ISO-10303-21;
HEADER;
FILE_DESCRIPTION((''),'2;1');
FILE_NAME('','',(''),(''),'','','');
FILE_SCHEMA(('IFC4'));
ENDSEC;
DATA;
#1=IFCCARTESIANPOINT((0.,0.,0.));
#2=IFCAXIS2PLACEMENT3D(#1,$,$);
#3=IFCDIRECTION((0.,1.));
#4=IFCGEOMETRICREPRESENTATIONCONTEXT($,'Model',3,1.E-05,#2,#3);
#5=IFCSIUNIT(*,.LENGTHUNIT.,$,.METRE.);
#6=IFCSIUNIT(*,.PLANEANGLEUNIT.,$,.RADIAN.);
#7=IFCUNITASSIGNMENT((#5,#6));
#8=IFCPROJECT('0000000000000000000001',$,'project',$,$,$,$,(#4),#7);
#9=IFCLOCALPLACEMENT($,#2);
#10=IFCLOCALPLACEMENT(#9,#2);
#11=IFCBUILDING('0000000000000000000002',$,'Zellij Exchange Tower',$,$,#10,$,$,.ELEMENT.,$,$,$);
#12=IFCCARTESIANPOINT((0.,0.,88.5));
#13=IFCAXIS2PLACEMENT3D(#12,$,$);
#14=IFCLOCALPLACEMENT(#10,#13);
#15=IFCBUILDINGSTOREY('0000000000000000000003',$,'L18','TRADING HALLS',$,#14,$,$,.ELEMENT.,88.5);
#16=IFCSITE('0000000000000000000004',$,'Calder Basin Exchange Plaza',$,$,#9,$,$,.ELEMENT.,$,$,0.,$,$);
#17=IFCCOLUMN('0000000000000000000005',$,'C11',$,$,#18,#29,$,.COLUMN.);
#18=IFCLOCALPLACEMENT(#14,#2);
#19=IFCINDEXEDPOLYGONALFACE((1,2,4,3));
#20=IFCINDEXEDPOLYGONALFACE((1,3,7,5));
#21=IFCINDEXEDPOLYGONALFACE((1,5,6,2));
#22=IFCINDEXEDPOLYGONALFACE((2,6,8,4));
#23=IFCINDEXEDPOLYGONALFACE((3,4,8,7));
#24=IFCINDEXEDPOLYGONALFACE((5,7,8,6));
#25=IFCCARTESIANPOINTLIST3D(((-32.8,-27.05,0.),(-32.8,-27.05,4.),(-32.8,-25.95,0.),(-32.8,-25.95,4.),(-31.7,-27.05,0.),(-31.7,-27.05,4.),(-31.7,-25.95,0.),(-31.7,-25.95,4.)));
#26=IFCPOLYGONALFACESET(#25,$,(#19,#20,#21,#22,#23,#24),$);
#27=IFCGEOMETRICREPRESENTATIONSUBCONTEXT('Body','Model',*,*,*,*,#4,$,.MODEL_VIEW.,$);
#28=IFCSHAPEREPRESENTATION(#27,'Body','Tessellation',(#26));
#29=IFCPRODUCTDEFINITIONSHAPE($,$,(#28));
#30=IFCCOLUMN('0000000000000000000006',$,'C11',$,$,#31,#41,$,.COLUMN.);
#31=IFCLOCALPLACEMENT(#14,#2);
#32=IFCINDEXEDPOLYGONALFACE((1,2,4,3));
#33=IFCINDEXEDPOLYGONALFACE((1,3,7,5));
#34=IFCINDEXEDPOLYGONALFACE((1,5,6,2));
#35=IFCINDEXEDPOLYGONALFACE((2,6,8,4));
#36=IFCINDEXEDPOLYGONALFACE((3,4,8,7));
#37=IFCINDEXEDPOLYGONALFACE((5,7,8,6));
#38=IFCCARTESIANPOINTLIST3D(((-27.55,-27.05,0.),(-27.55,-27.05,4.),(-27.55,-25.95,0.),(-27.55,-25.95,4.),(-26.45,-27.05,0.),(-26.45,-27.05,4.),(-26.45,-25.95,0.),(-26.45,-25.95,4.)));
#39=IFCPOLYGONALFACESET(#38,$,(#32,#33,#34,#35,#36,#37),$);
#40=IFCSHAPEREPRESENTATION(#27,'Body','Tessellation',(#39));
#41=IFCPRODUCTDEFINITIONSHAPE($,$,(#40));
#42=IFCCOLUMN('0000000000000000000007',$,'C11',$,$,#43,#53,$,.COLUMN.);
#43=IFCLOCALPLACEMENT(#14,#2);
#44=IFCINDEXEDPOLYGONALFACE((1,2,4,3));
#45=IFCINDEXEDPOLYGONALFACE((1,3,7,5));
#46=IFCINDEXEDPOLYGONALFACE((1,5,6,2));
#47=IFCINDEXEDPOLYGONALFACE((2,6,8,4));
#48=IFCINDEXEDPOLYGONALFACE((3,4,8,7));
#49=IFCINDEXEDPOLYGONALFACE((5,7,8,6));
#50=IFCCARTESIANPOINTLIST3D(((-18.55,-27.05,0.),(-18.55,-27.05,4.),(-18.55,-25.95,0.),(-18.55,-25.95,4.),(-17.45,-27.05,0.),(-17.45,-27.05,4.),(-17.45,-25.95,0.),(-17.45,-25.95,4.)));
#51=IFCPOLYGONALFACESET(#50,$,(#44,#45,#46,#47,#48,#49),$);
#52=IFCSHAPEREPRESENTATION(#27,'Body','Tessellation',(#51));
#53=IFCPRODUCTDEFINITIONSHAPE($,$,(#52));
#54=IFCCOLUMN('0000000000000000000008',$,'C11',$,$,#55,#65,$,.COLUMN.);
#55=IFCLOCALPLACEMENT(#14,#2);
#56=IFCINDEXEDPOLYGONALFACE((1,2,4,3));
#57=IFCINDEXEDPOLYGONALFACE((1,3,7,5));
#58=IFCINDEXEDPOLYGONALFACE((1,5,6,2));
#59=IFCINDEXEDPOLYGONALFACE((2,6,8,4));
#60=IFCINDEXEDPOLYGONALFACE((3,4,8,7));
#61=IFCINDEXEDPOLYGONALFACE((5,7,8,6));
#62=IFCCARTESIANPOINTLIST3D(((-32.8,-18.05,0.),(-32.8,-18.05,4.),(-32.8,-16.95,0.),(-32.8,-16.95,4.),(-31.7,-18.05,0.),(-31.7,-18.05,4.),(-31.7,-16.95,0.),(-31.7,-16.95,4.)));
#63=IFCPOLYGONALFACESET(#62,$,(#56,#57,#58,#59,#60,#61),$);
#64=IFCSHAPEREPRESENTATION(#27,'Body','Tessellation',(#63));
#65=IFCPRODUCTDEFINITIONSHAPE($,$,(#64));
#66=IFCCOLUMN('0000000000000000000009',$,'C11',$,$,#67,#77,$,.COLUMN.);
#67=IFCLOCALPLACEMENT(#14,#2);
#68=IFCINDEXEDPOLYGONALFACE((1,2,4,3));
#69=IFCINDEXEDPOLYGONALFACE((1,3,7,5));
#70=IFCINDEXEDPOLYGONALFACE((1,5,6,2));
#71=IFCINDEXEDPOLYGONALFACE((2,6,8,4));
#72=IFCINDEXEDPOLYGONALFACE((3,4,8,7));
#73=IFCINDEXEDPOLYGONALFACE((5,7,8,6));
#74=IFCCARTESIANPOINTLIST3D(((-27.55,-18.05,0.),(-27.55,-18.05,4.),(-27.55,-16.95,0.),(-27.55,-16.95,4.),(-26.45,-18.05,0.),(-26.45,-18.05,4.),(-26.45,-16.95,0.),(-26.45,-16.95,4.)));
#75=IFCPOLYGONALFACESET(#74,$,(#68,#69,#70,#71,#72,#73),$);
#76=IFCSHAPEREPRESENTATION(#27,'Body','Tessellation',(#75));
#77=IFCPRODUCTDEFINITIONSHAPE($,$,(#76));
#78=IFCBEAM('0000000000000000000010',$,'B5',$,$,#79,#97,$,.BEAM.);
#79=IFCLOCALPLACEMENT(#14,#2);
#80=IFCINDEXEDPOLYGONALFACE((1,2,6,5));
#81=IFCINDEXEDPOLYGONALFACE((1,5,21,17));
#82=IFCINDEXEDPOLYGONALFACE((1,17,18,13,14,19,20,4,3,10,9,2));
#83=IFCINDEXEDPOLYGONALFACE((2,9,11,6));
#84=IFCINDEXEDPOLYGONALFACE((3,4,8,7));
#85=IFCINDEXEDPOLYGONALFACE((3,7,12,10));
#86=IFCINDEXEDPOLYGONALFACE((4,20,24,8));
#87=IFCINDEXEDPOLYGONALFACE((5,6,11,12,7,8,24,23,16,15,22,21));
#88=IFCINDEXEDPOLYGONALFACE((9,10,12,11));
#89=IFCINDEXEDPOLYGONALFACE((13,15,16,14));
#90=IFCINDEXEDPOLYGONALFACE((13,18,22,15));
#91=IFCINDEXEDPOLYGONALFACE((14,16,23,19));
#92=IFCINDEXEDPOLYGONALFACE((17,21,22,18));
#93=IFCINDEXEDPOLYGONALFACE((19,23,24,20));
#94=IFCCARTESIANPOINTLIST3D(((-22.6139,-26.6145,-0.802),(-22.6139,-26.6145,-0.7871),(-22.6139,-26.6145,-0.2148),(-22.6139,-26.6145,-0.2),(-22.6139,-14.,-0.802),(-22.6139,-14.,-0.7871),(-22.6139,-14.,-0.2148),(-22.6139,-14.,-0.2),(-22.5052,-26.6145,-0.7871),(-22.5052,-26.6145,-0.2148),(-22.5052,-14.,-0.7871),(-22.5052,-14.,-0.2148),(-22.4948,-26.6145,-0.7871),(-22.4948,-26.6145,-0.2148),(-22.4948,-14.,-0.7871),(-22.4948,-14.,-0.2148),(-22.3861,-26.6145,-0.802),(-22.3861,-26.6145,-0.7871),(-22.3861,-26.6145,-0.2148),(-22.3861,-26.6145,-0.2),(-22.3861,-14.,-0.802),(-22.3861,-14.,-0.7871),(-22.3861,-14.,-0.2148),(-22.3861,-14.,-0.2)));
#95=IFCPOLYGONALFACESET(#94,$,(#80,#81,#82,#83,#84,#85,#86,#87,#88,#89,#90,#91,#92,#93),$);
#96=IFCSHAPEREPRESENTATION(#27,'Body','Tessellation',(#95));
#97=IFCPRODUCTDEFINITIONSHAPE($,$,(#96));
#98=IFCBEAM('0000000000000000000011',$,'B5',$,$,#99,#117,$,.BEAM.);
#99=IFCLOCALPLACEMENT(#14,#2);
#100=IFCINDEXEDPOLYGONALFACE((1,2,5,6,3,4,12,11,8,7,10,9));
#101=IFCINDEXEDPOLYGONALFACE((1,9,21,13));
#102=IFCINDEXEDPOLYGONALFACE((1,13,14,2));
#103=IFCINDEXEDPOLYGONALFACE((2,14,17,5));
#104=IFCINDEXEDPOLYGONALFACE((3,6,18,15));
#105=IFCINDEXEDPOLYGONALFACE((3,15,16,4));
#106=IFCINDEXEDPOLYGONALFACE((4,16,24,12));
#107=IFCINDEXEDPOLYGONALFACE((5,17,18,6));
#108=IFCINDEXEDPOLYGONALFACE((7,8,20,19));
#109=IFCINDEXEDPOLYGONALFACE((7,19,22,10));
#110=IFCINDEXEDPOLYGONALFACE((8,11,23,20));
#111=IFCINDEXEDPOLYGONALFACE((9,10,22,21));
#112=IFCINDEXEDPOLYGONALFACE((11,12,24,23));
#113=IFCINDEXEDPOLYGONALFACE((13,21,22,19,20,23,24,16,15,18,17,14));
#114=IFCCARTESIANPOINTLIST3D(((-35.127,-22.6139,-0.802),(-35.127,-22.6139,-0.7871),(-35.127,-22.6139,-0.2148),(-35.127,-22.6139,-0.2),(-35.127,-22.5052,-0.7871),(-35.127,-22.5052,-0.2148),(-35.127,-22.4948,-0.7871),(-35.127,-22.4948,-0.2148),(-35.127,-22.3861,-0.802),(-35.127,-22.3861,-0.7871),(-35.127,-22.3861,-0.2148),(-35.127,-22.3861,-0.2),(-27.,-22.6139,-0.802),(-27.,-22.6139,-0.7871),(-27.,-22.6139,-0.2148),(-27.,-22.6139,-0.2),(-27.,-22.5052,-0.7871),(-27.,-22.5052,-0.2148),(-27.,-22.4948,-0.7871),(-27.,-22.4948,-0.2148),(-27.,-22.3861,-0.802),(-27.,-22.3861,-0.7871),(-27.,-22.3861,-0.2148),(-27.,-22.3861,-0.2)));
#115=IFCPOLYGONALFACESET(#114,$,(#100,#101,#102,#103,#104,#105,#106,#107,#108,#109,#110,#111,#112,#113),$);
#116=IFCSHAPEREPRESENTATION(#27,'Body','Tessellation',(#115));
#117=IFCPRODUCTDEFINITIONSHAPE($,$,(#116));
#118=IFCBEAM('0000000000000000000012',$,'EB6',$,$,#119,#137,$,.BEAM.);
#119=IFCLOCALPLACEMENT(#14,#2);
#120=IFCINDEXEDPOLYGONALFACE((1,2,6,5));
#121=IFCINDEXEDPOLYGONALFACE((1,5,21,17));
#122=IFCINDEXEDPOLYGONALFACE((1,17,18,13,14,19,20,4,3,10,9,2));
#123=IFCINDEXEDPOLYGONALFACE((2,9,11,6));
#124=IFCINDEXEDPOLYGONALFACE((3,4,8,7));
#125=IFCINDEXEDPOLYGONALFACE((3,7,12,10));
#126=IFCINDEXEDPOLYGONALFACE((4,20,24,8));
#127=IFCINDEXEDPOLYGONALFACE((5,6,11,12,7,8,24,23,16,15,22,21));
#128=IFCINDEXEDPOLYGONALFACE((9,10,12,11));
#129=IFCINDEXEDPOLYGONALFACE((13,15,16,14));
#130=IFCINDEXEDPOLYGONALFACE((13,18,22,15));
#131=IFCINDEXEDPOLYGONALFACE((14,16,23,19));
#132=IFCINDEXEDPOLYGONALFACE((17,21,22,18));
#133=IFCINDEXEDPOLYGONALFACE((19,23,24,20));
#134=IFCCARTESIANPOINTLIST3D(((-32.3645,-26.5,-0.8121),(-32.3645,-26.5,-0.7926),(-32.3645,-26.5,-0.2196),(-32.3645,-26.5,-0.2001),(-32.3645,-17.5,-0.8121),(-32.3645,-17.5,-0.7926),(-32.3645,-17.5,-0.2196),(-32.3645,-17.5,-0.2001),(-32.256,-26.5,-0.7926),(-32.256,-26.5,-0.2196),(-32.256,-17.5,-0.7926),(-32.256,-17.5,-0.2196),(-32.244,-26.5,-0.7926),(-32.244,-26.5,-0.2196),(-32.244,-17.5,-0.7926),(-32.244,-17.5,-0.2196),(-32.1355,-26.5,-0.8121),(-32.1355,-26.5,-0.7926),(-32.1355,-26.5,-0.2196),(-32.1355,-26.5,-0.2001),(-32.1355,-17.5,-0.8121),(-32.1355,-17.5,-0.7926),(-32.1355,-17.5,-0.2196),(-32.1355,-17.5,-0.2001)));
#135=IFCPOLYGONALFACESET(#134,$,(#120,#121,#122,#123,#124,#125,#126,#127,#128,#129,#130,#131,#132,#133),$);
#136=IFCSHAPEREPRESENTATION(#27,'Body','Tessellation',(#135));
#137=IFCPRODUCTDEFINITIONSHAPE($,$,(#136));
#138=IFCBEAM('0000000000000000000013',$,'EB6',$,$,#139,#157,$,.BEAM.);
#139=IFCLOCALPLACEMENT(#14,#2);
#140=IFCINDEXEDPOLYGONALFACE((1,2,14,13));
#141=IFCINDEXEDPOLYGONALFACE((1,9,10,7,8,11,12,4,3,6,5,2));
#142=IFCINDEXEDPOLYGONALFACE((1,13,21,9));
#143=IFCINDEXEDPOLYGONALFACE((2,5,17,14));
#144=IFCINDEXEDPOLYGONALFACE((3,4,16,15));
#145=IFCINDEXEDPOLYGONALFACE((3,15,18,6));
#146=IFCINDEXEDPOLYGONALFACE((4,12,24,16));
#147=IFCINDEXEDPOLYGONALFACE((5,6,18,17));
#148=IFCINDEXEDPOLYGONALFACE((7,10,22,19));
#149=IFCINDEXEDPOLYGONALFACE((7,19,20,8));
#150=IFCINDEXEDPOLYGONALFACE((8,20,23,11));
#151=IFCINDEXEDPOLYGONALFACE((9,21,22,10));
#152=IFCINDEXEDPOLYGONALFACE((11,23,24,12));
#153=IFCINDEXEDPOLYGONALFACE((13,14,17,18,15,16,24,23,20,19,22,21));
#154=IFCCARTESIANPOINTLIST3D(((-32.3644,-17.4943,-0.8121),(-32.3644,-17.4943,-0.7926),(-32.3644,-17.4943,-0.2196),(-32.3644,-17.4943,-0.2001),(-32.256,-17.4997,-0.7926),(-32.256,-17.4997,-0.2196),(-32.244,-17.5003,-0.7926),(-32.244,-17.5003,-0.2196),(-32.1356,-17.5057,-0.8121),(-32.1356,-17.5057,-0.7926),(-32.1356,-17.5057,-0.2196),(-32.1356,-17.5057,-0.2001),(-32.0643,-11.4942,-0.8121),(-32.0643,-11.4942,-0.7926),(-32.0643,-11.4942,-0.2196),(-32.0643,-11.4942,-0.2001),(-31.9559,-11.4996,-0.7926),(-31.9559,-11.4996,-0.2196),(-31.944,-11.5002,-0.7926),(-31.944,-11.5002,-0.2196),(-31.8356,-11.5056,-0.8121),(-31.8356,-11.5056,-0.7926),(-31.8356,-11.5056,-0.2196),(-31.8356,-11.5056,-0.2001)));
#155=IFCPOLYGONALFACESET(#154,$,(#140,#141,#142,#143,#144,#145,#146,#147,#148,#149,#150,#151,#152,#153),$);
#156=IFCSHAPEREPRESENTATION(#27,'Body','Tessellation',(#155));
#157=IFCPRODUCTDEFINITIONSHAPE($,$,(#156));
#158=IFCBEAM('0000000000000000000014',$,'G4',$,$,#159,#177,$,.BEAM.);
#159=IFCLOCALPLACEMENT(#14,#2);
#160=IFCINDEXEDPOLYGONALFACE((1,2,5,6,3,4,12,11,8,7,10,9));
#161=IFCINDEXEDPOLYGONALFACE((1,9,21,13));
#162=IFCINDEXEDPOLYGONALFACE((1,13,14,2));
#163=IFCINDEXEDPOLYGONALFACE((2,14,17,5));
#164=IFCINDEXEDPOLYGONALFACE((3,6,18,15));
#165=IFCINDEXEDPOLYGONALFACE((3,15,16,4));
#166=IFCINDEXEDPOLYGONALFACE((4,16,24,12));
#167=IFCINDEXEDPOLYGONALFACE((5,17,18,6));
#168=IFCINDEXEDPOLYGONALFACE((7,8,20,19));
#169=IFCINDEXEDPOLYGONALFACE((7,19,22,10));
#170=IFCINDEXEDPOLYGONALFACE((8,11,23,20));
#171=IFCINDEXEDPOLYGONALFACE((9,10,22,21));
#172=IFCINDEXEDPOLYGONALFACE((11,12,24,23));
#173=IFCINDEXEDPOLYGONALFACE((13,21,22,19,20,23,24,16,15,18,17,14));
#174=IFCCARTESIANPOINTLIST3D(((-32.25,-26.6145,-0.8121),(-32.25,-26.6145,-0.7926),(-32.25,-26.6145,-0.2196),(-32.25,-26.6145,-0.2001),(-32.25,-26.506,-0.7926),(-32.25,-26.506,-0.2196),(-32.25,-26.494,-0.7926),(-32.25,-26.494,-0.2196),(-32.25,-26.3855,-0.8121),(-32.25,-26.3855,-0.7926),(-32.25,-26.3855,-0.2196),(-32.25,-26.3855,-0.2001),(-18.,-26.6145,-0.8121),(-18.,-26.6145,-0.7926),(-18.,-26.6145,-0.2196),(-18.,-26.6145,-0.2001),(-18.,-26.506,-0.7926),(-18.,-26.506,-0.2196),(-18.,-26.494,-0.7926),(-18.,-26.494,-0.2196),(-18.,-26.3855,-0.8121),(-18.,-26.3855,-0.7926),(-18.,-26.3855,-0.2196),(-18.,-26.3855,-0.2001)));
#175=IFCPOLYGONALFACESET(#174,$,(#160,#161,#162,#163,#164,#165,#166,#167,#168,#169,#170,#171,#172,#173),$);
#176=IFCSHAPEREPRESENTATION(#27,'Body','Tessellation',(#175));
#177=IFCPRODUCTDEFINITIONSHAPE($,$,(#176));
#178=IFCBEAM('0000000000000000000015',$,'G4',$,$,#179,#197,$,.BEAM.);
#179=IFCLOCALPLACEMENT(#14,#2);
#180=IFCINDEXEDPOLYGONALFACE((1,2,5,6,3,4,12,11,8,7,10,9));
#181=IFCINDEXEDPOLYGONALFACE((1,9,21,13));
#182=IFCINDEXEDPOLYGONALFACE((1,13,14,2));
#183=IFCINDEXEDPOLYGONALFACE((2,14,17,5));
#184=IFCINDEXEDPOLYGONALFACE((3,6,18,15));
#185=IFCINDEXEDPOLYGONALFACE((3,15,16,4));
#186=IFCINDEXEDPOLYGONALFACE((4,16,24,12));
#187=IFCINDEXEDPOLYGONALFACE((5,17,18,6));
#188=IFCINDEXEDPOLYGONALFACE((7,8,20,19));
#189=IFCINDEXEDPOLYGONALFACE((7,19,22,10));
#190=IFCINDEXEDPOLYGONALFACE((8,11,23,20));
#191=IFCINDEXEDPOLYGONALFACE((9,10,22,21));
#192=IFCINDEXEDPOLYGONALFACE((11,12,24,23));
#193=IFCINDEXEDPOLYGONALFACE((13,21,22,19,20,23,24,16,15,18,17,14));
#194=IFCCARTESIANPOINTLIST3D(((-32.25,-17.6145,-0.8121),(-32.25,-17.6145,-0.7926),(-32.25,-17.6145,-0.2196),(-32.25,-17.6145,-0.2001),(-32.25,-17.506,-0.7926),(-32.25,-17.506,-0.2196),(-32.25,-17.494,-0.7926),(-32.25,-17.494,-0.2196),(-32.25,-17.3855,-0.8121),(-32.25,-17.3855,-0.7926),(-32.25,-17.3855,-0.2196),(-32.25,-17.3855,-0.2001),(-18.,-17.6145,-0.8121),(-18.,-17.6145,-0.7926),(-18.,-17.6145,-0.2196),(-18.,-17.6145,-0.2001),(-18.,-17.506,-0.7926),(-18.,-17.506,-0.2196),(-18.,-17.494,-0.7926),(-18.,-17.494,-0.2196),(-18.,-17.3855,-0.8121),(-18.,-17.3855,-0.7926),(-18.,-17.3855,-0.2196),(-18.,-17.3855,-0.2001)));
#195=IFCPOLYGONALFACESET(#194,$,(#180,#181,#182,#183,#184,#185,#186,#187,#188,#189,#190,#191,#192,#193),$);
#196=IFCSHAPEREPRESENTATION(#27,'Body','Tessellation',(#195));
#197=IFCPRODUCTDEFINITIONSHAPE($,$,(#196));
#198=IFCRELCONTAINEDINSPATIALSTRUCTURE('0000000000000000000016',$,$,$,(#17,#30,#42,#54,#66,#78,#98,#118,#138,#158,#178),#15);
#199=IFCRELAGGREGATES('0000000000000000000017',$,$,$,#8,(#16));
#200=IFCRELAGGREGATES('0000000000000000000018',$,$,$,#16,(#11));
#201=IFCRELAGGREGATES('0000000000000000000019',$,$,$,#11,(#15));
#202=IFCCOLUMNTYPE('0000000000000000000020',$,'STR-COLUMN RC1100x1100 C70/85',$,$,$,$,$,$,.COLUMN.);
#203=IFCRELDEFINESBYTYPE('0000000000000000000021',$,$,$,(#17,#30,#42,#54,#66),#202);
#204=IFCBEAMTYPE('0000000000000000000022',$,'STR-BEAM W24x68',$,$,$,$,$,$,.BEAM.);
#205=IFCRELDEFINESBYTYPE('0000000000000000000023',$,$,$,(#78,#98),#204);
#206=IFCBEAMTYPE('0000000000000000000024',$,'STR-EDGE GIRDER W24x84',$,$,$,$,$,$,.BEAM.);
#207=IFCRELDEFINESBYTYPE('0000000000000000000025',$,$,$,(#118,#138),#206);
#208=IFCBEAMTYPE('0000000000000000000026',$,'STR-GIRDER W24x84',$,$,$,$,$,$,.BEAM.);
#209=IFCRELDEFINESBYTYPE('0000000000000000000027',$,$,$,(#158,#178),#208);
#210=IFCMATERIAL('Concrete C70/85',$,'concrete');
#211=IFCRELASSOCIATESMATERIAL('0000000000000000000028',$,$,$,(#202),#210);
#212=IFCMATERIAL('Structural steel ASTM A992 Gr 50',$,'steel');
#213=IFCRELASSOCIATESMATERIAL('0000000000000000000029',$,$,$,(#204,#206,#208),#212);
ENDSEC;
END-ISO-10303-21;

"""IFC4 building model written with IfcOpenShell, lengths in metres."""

from ifc_helpers import new_model, si_unit, direction, frame, origin, origin_2d, place, context, subcontext, project, spatial, rectangle, i_section, extrude, material, material_profile, profile_set, type_object, element, save


model = new_model("IFC4")

# Units and contexts
model_context = context("Model", 3, precision=1e-05, world=origin(), true_north=direction((0.0, 1.0)))
body_context = subcontext(model_context, "Body", "Model", "MODEL_VIEW")
ifc_project = project(units=[si_unit("LENGTHUNIT", "METRE"), si_unit("PLANEANGLEUNIT", "RADIAN")], contexts=[model_context])

# Site, building, storey
site_placement = place(None, origin())
site = spatial("IfcSite", under=ifc_project, at=site_placement, Name="Calder Basin Exchange Plaza", CompositionType="ELEMENT", RefElevation=0.0)
building_placement = place(site_placement, origin())
building = spatial("IfcBuilding", under=site, at=building_placement, Name="Zellij Exchange Tower", CompositionType="ELEMENT")
storey_placement = place(building_placement, frame((0.0, 0.0, 88.5)))
storey = spatial("IfcBuildingStorey", under=building, at=storey_placement, Name="L18", Description="TRADING HALLS", CompositionType="ELEMENT", Elevation=88.5)

# Columns
ifc_material_1 = material(Name="Concrete C70/85", Category="concrete")
ifc_material_profile_1 = material_profile(ifc_material_1, rectangle(XDim=1.1001, YDim=1.1001, at=origin_2d()), Name="STR-COLUMN RC1100x1100 C70/85")
ifc_profile_set_1 = profile_set([ifc_material_profile_1], Name="Concrete C70/85")
column_type = type_object("IfcColumnType", Name="STR-COLUMN RC1100x1100 C70/85", PredefinedType="COLUMN", material=ifc_profile_set_1)
for number, where, z_axis, x_axis, name in (
    (1, (-32.25, -26.5, 0.0), (0.0, 0.0, 1.0), (1.0, 0.0, 0.0), "C11"),
    (2, (-27.0, -26.5, 0.0), (0.0, 0.0, 1.0), (1.0, 0.0, 0.0), "C11"),
    (3, (-18.0, -26.5, 0.0), (0.0, 0.0, 1.0), (1.0, 0.0, 0.0), "C11"),
    (4, (-32.25, -17.5, 0.0), (0.0, 0.0, 1.0), (1.0, 0.0, 0.0), "C11"),
    (5, (-27.0, -17.5, 0.0), (0.0, 0.0, 1.0), (1.0, 0.0, 0.0), "C11"),
):
    element("IfcColumn", number, at=place(storey_placement, frame(where, z_axis=z_axis, x_axis=x_axis)), inside=storey, type_object=column_type, Name=name, PredefinedType="COLUMN", context=body_context, shape_type="SweptSolid", body=[
        extrude(rectangle(XDim=1.1001, YDim=1.1001, at=origin_2d()), origin(), (0.0, 0.0, 1.0), 4.0),
    ])

# Beams
ifc_material_2 = material(Name="Structural steel ASTM A992 Gr 50", Category="steel")
ifc_material_profile_2 = material_profile(ifc_material_2, i_section(OverallWidth=0.2278, OverallDepth=0.6021, WebThickness=0.0105, FlangeThickness=0.0149, at=origin_2d()), Name="W24x68")
ifc_profile_set_2 = profile_set([ifc_material_profile_2], Name="Structural steel ASTM A992 Gr 50")
beam_type_1 = type_object("IfcBeamType", Name="STR-BEAM W24x68", PredefinedType="BEAM", material=ifc_profile_set_2)
beam_1_placement = place(storey_placement, frame((-22.5, -26.6145, -0.501), z_axis=(0.0, 1.0, 0.0), x_axis=(-1.0, 0.0, 0.0)))
element("IfcBeam", 6, at=beam_1_placement, inside=storey, type_object=beam_type_1, Name="B5", PredefinedType="BEAM", context=body_context, shape_type="SweptSolid", body=[
    extrude(i_section(OverallWidth=0.2278, OverallDepth=0.6021, WebThickness=0.0105, FlangeThickness=0.0149, at=origin_2d()), origin(), (0.0, 0.0, 1.0), 12.6145),
])
beam_2_placement = place(storey_placement, frame((-35.127, -22.5, -0.501), z_axis=(1.0, 0.0, 0.0), x_axis=(0.0, 1.0, 0.0)))
element("IfcBeam", 7, at=beam_2_placement, inside=storey, type_object=beam_type_1, Name="B5", PredefinedType="BEAM", context=body_context, shape_type="SweptSolid", body=[
    extrude(i_section(OverallWidth=0.2278, OverallDepth=0.6021, WebThickness=0.0105, FlangeThickness=0.0149, at=origin_2d()), origin(), (0.0, 0.0, 1.0), 8.127),
])
ifc_material_profile_3 = material_profile(ifc_material_2, i_section(OverallWidth=0.229, OverallDepth=0.6121, WebThickness=0.012, FlangeThickness=0.0195, at=origin_2d()), Name="W24x84")
ifc_profile_set_3 = profile_set([ifc_material_profile_3], Name="Structural steel ASTM A992 Gr 50")
beam_type_2 = type_object("IfcBeamType", Name="STR-EDGE GIRDER W24x84", PredefinedType="BEAM", material=ifc_profile_set_3)
beam_3_placement = place(storey_placement, frame((-32.25, -26.5, -0.5061), z_axis=(0.0, 1.0, 0.0), x_axis=(-1.0, 0.0, 0.0)))
element("IfcBeam", 8, at=beam_3_placement, inside=storey, type_object=beam_type_2, Name="EB6", PredefinedType="BEAM", context=body_context, shape_type="SweptSolid", body=[
    extrude(i_section(OverallWidth=0.229, OverallDepth=0.6121, WebThickness=0.012, FlangeThickness=0.0195, at=origin_2d()), origin(), (0.0, 0.0, 1.0), 9.0),
])
beam_4_placement = place(storey_placement, frame((-32.25, -17.5, -0.5061), z_axis=(0.049946, 0.998752, 0.0), x_axis=(-0.998752, 0.049946, 0.0)))
element("IfcBeam", 9, at=beam_4_placement, inside=storey, type_object=beam_type_2, Name="EB6", PredefinedType="BEAM", context=body_context, shape_type="SweptSolid", body=[
    extrude(i_section(OverallWidth=0.229, OverallDepth=0.6121, WebThickness=0.012, FlangeThickness=0.0195, at=origin_2d()), origin(), (0.0, 0.0, 1.0), 6.0076),
])
ifc_material_profile_4 = material_profile(ifc_material_2, i_section(OverallWidth=0.229, OverallDepth=0.6121, WebThickness=0.012, FlangeThickness=0.0195, at=origin_2d()), Name="W24x84")
ifc_profile_set_4 = profile_set([ifc_material_profile_4], Name="Structural steel ASTM A992 Gr 50")
beam_type_3 = type_object("IfcBeamType", Name="STR-GIRDER W24x84", PredefinedType="BEAM", material=ifc_profile_set_4)
for number, where, z_axis, x_axis, name in (
    (10, (-32.25, -26.5, -0.5061), (1.0, 0.0, 0.0), (0.0, 1.0, 0.0), "G4"),
    (11, (-32.25, -17.5, -0.5061), (1.0, 0.0, 0.0), (0.0, 1.0, 0.0), "G4"),
):
    element("IfcBeam", number, at=place(storey_placement, frame(where, z_axis=z_axis, x_axis=x_axis)), inside=storey, type_object=beam_type_3, Name=name, PredefinedType="BEAM", context=body_context, shape_type="SweptSolid", body=[
        extrude(i_section(OverallWidth=0.229, OverallDepth=0.6121, WebThickness=0.012, FlangeThickness=0.0195, at=origin_2d()), origin(), (0.0, 0.0, 1.0), 14.25),
    ])

save(model, "model.ifc")
